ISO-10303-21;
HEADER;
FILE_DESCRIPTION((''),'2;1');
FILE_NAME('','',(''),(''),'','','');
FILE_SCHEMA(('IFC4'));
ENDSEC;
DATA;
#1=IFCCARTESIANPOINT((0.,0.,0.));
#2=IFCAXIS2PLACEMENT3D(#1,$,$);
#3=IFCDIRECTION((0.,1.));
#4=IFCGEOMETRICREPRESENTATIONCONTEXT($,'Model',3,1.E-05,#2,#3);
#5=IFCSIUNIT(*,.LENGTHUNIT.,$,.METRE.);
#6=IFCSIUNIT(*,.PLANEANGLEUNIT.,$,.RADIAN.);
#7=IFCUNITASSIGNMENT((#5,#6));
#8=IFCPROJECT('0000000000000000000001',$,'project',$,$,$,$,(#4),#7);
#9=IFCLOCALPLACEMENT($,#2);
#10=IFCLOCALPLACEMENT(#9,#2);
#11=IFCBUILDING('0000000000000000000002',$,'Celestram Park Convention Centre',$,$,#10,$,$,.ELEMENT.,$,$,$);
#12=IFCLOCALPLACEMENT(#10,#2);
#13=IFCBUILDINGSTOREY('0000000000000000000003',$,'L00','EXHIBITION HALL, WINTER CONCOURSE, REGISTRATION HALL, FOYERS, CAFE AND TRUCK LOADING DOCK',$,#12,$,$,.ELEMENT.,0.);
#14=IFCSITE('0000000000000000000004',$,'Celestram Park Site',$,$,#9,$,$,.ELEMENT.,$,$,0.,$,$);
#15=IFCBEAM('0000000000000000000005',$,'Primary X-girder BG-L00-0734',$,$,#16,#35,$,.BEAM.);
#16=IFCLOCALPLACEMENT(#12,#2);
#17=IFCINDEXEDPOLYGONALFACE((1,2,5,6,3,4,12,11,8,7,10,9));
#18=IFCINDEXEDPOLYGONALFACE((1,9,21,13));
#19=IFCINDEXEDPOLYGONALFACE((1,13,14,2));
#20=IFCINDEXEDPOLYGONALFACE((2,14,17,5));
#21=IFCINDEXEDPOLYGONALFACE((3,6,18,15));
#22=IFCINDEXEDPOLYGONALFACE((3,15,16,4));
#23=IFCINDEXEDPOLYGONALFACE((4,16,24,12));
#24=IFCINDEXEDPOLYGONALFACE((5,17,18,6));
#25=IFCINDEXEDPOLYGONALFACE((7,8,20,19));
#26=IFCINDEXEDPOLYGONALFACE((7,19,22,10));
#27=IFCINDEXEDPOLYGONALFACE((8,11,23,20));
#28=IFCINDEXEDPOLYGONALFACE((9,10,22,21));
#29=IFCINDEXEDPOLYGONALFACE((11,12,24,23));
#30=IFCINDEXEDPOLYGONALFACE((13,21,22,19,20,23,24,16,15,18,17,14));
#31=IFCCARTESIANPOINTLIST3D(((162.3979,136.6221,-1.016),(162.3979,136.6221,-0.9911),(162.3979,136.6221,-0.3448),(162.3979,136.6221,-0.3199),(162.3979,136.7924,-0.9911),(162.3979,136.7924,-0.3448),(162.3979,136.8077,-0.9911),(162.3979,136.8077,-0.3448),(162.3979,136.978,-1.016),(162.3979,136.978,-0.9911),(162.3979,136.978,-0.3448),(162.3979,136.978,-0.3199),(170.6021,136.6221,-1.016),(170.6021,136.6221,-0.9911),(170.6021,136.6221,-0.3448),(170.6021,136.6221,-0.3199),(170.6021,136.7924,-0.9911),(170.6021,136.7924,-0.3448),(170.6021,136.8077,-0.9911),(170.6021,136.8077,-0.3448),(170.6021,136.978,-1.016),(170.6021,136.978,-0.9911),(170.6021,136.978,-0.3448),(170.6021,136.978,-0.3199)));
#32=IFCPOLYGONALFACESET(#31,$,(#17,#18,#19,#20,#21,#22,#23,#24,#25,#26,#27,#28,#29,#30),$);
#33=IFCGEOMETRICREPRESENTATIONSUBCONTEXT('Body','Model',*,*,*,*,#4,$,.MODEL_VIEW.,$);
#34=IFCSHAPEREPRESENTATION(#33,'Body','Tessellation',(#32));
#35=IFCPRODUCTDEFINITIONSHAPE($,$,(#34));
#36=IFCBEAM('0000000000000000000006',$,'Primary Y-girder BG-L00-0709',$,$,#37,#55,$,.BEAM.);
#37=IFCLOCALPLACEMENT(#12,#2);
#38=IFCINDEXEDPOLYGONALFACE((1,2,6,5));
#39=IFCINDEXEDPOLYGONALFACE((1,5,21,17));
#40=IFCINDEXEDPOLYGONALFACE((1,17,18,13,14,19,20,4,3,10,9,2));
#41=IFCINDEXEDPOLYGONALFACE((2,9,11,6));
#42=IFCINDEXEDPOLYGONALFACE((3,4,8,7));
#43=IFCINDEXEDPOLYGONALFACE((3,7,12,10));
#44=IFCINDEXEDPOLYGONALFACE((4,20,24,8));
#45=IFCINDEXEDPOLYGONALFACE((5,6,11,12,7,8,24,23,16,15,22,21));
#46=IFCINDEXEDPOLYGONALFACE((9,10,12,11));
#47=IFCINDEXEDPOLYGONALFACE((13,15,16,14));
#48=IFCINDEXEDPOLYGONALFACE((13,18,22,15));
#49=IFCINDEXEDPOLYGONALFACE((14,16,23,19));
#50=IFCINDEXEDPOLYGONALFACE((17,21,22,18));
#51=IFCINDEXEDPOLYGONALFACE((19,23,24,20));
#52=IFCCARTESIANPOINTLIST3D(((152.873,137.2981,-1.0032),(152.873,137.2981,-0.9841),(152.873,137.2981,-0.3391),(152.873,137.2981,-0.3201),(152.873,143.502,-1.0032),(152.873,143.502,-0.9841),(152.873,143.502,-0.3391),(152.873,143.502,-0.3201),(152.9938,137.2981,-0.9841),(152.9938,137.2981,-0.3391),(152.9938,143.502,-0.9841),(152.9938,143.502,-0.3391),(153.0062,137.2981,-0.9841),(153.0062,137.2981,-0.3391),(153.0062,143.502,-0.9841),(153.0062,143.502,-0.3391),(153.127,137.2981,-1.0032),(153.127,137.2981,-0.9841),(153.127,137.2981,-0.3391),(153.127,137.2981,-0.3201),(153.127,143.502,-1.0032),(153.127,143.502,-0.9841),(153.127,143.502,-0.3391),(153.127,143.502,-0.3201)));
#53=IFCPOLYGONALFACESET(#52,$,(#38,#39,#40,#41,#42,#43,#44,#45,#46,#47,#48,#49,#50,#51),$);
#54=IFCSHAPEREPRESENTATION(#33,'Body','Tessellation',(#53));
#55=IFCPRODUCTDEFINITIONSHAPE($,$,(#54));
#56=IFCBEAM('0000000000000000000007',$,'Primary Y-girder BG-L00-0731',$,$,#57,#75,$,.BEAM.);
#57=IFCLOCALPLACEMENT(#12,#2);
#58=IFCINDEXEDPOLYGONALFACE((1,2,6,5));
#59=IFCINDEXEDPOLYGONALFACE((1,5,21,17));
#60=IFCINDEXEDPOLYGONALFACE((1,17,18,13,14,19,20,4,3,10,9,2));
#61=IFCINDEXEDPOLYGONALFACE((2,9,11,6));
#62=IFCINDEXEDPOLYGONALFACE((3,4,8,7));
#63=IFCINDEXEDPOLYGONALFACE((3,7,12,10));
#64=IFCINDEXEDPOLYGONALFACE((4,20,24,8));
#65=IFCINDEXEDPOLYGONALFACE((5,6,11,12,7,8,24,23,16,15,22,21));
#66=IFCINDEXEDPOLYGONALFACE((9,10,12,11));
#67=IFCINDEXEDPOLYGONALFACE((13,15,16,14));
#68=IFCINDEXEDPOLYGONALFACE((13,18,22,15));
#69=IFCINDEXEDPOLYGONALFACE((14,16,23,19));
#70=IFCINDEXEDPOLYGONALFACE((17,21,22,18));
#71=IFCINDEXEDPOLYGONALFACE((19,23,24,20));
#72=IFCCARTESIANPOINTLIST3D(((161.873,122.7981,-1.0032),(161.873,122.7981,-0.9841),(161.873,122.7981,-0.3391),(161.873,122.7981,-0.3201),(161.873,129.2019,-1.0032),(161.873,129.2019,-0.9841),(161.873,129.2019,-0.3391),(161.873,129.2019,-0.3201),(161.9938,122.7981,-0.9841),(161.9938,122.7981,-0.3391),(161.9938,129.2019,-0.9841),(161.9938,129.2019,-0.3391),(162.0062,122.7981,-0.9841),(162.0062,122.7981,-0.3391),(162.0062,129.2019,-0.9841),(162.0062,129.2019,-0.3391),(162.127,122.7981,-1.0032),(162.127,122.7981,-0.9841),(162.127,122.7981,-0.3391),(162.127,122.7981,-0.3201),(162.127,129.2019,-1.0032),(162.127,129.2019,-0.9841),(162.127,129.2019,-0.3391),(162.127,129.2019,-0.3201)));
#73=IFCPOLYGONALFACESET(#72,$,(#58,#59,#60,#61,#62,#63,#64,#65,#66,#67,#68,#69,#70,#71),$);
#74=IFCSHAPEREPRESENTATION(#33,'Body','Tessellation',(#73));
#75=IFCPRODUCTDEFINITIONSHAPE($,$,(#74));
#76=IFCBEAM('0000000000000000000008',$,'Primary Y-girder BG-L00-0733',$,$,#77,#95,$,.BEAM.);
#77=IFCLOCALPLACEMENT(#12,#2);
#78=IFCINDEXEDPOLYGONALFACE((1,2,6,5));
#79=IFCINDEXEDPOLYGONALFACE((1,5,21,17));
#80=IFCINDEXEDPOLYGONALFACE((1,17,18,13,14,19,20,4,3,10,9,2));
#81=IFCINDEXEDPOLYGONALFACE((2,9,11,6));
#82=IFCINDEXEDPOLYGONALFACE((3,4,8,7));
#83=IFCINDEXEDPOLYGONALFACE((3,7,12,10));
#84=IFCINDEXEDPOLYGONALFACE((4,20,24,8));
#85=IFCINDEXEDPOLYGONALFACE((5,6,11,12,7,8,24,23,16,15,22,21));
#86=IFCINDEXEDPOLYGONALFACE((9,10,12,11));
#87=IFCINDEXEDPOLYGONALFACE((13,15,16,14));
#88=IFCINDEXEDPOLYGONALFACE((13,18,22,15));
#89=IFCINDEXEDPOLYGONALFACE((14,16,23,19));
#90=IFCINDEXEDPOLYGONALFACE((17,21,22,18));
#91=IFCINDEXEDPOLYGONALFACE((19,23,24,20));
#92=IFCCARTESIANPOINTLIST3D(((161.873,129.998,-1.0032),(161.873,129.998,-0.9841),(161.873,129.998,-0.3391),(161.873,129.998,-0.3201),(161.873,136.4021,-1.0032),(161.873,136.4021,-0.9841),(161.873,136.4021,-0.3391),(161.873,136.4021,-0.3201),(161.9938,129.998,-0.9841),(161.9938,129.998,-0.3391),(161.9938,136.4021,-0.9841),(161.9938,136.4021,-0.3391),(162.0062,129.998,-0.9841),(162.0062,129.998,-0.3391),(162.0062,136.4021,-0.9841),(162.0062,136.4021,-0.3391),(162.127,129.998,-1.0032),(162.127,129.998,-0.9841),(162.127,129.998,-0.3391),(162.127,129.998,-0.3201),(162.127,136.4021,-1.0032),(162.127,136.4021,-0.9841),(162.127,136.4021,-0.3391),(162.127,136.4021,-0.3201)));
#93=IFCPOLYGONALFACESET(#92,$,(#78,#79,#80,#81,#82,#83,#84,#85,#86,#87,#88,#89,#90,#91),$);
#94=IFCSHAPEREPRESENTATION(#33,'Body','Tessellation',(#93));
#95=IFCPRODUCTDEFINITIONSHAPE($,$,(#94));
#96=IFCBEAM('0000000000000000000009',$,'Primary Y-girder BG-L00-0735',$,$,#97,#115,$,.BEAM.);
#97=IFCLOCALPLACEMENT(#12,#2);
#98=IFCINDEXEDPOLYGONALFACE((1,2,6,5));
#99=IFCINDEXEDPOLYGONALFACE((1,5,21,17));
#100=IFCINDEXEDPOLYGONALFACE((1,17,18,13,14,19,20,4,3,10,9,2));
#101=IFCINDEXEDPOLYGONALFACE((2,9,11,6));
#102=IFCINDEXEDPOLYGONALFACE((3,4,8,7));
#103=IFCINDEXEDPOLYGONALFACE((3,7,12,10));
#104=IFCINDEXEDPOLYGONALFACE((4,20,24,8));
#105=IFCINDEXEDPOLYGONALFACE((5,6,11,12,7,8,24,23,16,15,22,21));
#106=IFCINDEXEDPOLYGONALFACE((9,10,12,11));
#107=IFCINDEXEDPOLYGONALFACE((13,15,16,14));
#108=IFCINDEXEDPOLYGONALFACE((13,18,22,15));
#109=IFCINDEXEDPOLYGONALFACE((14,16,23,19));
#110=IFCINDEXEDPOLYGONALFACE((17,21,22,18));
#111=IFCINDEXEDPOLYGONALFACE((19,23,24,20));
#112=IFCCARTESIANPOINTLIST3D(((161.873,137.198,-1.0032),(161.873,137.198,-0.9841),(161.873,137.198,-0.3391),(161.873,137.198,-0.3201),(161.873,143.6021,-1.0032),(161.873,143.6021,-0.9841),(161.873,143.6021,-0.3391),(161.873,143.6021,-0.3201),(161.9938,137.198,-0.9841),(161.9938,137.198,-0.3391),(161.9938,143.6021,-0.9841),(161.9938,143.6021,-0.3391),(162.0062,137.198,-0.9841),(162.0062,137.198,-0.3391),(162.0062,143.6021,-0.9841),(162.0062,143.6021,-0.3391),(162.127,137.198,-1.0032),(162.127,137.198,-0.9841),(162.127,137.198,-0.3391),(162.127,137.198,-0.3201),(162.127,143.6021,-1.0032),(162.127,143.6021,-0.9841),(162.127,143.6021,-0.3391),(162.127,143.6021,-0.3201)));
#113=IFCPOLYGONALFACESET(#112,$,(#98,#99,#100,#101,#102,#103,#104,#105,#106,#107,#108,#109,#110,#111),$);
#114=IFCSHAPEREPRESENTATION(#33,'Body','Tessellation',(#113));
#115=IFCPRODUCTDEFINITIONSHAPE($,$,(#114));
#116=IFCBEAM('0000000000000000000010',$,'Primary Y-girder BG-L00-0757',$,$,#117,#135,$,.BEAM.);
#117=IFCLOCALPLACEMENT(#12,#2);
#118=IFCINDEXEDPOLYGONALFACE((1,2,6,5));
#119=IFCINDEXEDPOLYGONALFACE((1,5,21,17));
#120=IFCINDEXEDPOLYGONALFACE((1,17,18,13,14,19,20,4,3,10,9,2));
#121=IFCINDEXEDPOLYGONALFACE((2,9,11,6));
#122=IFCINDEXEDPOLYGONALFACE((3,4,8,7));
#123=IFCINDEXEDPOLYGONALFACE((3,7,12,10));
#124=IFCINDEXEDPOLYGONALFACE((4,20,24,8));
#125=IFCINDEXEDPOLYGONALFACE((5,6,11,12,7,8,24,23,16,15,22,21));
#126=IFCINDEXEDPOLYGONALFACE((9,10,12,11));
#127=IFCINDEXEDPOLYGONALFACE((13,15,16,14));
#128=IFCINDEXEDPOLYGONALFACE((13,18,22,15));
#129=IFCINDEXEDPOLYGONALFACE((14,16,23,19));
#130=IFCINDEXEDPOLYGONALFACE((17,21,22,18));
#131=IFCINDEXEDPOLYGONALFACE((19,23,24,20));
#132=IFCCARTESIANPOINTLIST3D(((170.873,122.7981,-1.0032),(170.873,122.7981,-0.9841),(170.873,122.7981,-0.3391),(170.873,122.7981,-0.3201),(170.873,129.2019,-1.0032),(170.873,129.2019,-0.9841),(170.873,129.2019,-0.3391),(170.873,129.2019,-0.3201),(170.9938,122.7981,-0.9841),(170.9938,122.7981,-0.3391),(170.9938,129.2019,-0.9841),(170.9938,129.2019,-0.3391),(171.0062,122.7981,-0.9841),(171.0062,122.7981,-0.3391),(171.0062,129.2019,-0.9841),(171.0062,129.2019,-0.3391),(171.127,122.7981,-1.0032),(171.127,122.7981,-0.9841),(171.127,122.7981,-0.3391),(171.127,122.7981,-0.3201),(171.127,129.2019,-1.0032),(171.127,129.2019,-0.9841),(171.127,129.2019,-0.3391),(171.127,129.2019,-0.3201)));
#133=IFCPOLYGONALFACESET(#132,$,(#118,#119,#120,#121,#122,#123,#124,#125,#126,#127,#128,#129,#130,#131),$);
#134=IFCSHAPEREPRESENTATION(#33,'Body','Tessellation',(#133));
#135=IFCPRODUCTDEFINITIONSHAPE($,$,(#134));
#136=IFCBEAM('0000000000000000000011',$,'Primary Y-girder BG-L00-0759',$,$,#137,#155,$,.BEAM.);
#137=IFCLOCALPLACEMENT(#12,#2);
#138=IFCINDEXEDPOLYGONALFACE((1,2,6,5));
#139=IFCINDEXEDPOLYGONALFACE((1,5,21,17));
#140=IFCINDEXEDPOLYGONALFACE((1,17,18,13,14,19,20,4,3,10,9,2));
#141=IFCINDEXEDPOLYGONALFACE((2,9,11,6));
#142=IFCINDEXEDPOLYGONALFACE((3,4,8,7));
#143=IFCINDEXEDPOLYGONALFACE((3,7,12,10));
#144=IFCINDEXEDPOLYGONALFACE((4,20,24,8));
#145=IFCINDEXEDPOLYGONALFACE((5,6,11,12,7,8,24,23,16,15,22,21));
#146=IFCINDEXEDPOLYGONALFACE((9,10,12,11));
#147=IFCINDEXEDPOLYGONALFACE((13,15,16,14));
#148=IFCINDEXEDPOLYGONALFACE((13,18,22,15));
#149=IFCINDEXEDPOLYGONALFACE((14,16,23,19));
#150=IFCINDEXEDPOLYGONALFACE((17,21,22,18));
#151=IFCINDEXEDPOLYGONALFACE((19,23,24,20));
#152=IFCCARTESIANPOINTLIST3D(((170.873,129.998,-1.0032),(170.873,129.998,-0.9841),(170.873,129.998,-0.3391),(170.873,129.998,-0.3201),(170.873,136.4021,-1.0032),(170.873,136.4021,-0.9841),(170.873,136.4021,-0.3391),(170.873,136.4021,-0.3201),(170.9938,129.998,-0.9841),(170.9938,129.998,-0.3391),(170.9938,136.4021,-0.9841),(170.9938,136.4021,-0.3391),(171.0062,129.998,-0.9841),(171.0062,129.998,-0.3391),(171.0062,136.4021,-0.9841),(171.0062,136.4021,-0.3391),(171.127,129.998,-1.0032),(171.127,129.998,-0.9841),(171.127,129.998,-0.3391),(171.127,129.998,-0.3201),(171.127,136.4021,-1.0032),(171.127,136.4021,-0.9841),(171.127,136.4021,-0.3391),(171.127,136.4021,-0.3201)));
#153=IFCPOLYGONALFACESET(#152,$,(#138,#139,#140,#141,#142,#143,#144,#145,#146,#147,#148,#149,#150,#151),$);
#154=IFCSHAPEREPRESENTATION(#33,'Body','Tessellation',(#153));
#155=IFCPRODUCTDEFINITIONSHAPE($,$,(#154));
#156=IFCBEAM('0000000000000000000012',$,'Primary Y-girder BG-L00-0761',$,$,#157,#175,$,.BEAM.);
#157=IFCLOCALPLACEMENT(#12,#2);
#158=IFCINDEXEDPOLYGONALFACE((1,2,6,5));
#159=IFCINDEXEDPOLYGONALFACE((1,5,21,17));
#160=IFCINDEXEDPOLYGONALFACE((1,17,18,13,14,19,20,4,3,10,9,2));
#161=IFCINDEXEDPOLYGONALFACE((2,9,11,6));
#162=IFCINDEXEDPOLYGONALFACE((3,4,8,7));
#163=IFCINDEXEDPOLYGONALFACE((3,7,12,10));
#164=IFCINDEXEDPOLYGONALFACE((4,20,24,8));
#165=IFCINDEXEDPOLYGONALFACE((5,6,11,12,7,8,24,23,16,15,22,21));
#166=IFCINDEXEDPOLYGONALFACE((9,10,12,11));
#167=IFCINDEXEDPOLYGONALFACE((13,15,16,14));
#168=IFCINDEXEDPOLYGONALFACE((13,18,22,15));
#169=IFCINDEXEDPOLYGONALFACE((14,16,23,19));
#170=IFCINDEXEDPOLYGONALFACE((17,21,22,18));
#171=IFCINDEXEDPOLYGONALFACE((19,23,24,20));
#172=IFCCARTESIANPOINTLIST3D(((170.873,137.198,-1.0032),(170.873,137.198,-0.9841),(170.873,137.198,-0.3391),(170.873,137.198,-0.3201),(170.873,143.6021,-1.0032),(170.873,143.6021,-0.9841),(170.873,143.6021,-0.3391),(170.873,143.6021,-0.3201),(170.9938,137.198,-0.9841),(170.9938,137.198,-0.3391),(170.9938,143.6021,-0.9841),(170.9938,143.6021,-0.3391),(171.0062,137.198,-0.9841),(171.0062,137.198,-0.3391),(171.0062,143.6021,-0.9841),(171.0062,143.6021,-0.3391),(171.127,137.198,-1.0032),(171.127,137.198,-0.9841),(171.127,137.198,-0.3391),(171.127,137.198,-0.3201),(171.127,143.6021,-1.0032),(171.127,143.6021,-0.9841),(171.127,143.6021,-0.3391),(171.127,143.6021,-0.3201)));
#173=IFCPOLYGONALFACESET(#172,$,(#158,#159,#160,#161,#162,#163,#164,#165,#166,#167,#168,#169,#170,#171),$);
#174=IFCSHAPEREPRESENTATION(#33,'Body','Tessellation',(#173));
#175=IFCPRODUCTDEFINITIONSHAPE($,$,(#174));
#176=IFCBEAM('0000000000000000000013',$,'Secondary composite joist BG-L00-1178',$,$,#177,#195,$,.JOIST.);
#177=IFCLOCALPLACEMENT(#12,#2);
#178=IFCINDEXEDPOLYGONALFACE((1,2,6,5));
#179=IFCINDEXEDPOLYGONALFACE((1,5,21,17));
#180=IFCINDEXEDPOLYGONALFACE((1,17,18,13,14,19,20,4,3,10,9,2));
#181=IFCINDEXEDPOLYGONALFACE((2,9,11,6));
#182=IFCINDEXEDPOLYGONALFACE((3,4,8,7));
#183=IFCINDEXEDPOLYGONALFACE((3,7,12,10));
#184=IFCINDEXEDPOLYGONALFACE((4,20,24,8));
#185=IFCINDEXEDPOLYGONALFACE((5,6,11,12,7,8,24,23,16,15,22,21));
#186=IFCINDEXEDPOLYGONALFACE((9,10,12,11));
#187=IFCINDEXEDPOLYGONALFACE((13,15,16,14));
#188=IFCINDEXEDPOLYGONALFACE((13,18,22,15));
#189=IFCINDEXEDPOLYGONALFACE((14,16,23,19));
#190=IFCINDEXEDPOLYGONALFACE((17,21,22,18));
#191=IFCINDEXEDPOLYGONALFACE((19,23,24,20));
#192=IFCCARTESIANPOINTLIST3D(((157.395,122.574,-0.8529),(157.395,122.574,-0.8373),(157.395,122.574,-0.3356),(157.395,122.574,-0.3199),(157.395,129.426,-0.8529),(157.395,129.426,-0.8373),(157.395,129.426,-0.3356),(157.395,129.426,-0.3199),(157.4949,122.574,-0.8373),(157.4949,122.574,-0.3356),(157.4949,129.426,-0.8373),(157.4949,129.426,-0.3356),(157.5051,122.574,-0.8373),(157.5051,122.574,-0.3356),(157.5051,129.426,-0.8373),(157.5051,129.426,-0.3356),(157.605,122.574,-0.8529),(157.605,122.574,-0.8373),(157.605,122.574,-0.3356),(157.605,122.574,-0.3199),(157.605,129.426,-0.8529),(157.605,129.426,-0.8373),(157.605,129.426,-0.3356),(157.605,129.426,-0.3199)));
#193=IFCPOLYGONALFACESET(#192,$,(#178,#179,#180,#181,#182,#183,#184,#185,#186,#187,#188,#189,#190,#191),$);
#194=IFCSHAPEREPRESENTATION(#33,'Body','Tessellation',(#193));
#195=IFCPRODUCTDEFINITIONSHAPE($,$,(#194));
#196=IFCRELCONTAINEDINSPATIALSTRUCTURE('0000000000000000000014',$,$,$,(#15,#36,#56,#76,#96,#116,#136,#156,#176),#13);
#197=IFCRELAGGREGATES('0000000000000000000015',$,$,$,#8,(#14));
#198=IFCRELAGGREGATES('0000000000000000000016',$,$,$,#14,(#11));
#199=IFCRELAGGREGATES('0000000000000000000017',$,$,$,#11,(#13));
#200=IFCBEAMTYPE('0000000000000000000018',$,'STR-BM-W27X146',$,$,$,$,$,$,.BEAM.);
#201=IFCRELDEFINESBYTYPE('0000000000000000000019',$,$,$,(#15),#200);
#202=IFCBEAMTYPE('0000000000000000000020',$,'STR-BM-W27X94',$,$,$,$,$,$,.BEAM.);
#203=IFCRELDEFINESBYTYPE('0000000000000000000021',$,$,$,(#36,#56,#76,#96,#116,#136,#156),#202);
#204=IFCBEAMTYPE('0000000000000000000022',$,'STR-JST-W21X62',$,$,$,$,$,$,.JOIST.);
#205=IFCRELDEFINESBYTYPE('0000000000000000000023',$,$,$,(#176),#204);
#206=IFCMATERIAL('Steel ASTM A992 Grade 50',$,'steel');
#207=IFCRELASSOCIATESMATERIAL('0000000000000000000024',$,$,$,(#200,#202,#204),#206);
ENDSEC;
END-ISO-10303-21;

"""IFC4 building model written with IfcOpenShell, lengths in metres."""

from ifc_helpers import new_model, si_unit, direction, frame, origin, origin_2d, place, context, subcontext, project, spatial, i_section, extrude, material, material_profile, profile_set, type_object, element, save


model = new_model("IFC4")

# Units and contexts
model_context = context("Model", 3, precision=1e-05, world=origin(), true_north=direction((0.0, 1.0)))
body_context = subcontext(model_context, "Body", "Model", "MODEL_VIEW")
ifc_project = project(units=[si_unit("LENGTHUNIT", "METRE"), si_unit("PLANEANGLEUNIT", "RADIAN")], contexts=[model_context])

# Site, building, storey
site_placement = place(None, origin())
site = spatial("IfcSite", under=ifc_project, at=site_placement, Name="Celestram Park Site", CompositionType="ELEMENT", RefElevation=0.0)
building_placement = place(site_placement, origin())
building = spatial("IfcBuilding", under=site, at=building_placement, Name="Celestram Park Convention Centre", CompositionType="ELEMENT")
storey_placement = place(building_placement, origin())
storey = spatial("IfcBuildingStorey", under=building, at=storey_placement, Name="L00", Description="EXHIBITION HALL, WINTER CONCOURSE, REGISTRATION HALL, FOYERS, CAFE AND TRUCK LOADING DOCK", CompositionType="ELEMENT", Elevation=0.0)

# Beams
ifc_material_1 = material(Name="Steel ASTM A992 Grade 50", Category="steel")
ifc_material_profile_1 = material_profile(ifc_material_1, i_section(OverallWidth=0.356, OverallDepth=0.696, WebThickness=0.0154, FlangeThickness=0.0249, at=origin_2d()), Name="W27X146")
ifc_profile_set_1 = profile_set([ifc_material_profile_1], Name="Steel ASTM A992 Grade 50")
beam_type_1 = type_object("IfcBeamType", Name="STR-BM-W27X146", PredefinedType="BEAM", material=ifc_profile_set_1)
for number, where, z_axis, x_axis, name in (
    (1, (162.3979, 136.8, -0.668), (1.0, 0.0, 0.0), (0.0, 1.0, 0.0), "Primary X-girder BG-L00-0734"),
):
    element("IfcBeam", number, at=place(storey_placement, frame(where, z_axis=z_axis, x_axis=x_axis)), inside=storey, type_object=beam_type_1, Name=name, PredefinedType="BEAM", context=body_context, shape_type="SweptSolid", body=[
        extrude(i_section(OverallWidth=0.356, OverallDepth=0.696, WebThickness=0.0154, FlangeThickness=0.0249, at=origin_2d()), origin(), (0.0, 0.0, 1.0), 8.2041),
    ])
ifc_material_profile_2 = material_profile(ifc_material_1, i_section(OverallWidth=0.2539, OverallDepth=0.6831, WebThickness=0.0125, FlangeThickness=0.019, at=origin_2d()), Name="W27X94")
ifc_profile_set_2 = profile_set([ifc_material_profile_2], Name="Steel ASTM A992 Grade 50")
beam_type_2 = type_object("IfcBeamType", Name="STR-BM-W27X94", PredefinedType="BEAM", material=ifc_profile_set_2)
beam_1_placement = place(storey_placement, frame((153.0, 137.2981, -0.6616), z_axis=(0.0, 1.0, 0.0), x_axis=(-1.0, 0.0, 0.0)))
element("IfcBeam", 2, at=beam_1_placement, inside=storey, type_object=beam_type_2, Name="Primary Y-girder BG-L00-0709", PredefinedType="BEAM", context=body_context, shape_type="SweptSolid", body=[
    extrude(i_section(OverallWidth=0.2539, OverallDepth=0.6831, WebThickness=0.0125, FlangeThickness=0.019, at=origin_2d()), origin(), (0.0, 0.0, 1.0), 6.2039),
])
beam_2_placement = place(storey_placement, frame((162.0, 122.7981, -0.6616), z_axis=(0.0, 1.0, 0.0), x_axis=(-1.0, 0.0, 0.0)))
element("IfcBeam", 3, at=beam_2_placement, inside=storey, type_object=beam_type_2, Name="Primary Y-girder BG-L00-0731", PredefinedType="BEAM", context=body_context, shape_type="SweptSolid", body=[
    extrude(i_section(OverallWidth=0.2539, OverallDepth=0.6831, WebThickness=0.0125, FlangeThickness=0.019, at=origin_2d()), origin(), (0.0, 0.0, 1.0), 6.4038),
])
for number, where, z_axis, x_axis, name in (
    (4, (162.0, 129.998, -0.6616), (0.0, 1.0, 0.0), (-1.0, 0.0, 0.0), "Primary Y-girder BG-L00-0733"),
    (5, (162.0, 137.198, -0.6616), (0.0, 1.0, 0.0), (-1.0, 0.0, 0.0), "Primary Y-girder BG-L00-0735"),
):
    element("IfcBeam", number, at=place(storey_placement, frame(where, z_axis=z_axis, x_axis=x_axis)), inside=storey, type_object=beam_type_2, Name=name, PredefinedType="BEAM", context=body_context, shape_type="SweptSolid", body=[
        extrude(i_section(OverallWidth=0.2539, OverallDepth=0.6831, WebThickness=0.0125, FlangeThickness=0.019, at=origin_2d()), origin(), (0.0, 0.0, 1.0), 6.4041),
    ])
beam_3_placement = place(storey_placement, frame((171.0, 122.7981, -0.6616), z_axis=(0.0, 1.0, 0.0), x_axis=(-1.0, 0.0, 0.0)))
element("IfcBeam", 6, at=beam_3_placement, inside=storey, type_object=beam_type_2, Name="Primary Y-girder BG-L00-0757", PredefinedType="BEAM", context=body_context, shape_type="SweptSolid", body=[
    extrude(i_section(OverallWidth=0.2539, OverallDepth=0.6831, WebThickness=0.0125, FlangeThickness=0.019, at=origin_2d()), origin(), (0.0, 0.0, 1.0), 6.4038),
])
for number, where, z_axis, x_axis, name in (
    (7, (171.0, 129.998, -0.6616), (0.0, 1.0, 0.0), (-1.0, 0.0, 0.0), "Primary Y-girder BG-L00-0759"),
    (8, (171.0, 137.198, -0.6616), (0.0, 1.0, 0.0), (-1.0, 0.0, 0.0), "Primary Y-girder BG-L00-0761"),
):
    element("IfcBeam", number, at=place(storey_placement, frame(where, z_axis=z_axis, x_axis=x_axis)), inside=storey, type_object=beam_type_2, Name=name, PredefinedType="BEAM", context=body_context, shape_type="SweptSolid", body=[
        extrude(i_section(OverallWidth=0.2539, OverallDepth=0.6831, WebThickness=0.0125, FlangeThickness=0.019, at=origin_2d()), origin(), (0.0, 0.0, 1.0), 6.4041),
    ])
ifc_material_profile_3 = material_profile(ifc_material_1, i_section(OverallWidth=0.21, OverallDepth=0.533, WebThickness=0.0103, FlangeThickness=0.0156, at=origin_2d()), Name="W21X62")
ifc_profile_set_3 = profile_set([ifc_material_profile_3], Name="Steel ASTM A992 Grade 50")
beam_type_3 = type_object("IfcBeamType", Name="STR-JST-W21X62", PredefinedType="JOIST", material=ifc_profile_set_3)
for number, where, z_axis, x_axis, name in (
    (9, (157.5, 122.574, -0.5864), (0.0, 1.0, 0.0), (-1.0, 0.0, 0.0), "Secondary composite joist BG-L00-1178"),
):
    element("IfcBeam", number, at=place(storey_placement, frame(where, z_axis=z_axis, x_axis=x_axis)), inside=storey, type_object=beam_type_3, Name=name, PredefinedType="JOIST", context=body_context, shape_type="SweptSolid", body=[
        extrude(i_section(OverallWidth=0.21, OverallDepth=0.533, WebThickness=0.0103, FlangeThickness=0.0156, at=origin_2d()), origin(), (0.0, 0.0, 1.0), 6.8521),
    ])

save(model, "model.ifc")
